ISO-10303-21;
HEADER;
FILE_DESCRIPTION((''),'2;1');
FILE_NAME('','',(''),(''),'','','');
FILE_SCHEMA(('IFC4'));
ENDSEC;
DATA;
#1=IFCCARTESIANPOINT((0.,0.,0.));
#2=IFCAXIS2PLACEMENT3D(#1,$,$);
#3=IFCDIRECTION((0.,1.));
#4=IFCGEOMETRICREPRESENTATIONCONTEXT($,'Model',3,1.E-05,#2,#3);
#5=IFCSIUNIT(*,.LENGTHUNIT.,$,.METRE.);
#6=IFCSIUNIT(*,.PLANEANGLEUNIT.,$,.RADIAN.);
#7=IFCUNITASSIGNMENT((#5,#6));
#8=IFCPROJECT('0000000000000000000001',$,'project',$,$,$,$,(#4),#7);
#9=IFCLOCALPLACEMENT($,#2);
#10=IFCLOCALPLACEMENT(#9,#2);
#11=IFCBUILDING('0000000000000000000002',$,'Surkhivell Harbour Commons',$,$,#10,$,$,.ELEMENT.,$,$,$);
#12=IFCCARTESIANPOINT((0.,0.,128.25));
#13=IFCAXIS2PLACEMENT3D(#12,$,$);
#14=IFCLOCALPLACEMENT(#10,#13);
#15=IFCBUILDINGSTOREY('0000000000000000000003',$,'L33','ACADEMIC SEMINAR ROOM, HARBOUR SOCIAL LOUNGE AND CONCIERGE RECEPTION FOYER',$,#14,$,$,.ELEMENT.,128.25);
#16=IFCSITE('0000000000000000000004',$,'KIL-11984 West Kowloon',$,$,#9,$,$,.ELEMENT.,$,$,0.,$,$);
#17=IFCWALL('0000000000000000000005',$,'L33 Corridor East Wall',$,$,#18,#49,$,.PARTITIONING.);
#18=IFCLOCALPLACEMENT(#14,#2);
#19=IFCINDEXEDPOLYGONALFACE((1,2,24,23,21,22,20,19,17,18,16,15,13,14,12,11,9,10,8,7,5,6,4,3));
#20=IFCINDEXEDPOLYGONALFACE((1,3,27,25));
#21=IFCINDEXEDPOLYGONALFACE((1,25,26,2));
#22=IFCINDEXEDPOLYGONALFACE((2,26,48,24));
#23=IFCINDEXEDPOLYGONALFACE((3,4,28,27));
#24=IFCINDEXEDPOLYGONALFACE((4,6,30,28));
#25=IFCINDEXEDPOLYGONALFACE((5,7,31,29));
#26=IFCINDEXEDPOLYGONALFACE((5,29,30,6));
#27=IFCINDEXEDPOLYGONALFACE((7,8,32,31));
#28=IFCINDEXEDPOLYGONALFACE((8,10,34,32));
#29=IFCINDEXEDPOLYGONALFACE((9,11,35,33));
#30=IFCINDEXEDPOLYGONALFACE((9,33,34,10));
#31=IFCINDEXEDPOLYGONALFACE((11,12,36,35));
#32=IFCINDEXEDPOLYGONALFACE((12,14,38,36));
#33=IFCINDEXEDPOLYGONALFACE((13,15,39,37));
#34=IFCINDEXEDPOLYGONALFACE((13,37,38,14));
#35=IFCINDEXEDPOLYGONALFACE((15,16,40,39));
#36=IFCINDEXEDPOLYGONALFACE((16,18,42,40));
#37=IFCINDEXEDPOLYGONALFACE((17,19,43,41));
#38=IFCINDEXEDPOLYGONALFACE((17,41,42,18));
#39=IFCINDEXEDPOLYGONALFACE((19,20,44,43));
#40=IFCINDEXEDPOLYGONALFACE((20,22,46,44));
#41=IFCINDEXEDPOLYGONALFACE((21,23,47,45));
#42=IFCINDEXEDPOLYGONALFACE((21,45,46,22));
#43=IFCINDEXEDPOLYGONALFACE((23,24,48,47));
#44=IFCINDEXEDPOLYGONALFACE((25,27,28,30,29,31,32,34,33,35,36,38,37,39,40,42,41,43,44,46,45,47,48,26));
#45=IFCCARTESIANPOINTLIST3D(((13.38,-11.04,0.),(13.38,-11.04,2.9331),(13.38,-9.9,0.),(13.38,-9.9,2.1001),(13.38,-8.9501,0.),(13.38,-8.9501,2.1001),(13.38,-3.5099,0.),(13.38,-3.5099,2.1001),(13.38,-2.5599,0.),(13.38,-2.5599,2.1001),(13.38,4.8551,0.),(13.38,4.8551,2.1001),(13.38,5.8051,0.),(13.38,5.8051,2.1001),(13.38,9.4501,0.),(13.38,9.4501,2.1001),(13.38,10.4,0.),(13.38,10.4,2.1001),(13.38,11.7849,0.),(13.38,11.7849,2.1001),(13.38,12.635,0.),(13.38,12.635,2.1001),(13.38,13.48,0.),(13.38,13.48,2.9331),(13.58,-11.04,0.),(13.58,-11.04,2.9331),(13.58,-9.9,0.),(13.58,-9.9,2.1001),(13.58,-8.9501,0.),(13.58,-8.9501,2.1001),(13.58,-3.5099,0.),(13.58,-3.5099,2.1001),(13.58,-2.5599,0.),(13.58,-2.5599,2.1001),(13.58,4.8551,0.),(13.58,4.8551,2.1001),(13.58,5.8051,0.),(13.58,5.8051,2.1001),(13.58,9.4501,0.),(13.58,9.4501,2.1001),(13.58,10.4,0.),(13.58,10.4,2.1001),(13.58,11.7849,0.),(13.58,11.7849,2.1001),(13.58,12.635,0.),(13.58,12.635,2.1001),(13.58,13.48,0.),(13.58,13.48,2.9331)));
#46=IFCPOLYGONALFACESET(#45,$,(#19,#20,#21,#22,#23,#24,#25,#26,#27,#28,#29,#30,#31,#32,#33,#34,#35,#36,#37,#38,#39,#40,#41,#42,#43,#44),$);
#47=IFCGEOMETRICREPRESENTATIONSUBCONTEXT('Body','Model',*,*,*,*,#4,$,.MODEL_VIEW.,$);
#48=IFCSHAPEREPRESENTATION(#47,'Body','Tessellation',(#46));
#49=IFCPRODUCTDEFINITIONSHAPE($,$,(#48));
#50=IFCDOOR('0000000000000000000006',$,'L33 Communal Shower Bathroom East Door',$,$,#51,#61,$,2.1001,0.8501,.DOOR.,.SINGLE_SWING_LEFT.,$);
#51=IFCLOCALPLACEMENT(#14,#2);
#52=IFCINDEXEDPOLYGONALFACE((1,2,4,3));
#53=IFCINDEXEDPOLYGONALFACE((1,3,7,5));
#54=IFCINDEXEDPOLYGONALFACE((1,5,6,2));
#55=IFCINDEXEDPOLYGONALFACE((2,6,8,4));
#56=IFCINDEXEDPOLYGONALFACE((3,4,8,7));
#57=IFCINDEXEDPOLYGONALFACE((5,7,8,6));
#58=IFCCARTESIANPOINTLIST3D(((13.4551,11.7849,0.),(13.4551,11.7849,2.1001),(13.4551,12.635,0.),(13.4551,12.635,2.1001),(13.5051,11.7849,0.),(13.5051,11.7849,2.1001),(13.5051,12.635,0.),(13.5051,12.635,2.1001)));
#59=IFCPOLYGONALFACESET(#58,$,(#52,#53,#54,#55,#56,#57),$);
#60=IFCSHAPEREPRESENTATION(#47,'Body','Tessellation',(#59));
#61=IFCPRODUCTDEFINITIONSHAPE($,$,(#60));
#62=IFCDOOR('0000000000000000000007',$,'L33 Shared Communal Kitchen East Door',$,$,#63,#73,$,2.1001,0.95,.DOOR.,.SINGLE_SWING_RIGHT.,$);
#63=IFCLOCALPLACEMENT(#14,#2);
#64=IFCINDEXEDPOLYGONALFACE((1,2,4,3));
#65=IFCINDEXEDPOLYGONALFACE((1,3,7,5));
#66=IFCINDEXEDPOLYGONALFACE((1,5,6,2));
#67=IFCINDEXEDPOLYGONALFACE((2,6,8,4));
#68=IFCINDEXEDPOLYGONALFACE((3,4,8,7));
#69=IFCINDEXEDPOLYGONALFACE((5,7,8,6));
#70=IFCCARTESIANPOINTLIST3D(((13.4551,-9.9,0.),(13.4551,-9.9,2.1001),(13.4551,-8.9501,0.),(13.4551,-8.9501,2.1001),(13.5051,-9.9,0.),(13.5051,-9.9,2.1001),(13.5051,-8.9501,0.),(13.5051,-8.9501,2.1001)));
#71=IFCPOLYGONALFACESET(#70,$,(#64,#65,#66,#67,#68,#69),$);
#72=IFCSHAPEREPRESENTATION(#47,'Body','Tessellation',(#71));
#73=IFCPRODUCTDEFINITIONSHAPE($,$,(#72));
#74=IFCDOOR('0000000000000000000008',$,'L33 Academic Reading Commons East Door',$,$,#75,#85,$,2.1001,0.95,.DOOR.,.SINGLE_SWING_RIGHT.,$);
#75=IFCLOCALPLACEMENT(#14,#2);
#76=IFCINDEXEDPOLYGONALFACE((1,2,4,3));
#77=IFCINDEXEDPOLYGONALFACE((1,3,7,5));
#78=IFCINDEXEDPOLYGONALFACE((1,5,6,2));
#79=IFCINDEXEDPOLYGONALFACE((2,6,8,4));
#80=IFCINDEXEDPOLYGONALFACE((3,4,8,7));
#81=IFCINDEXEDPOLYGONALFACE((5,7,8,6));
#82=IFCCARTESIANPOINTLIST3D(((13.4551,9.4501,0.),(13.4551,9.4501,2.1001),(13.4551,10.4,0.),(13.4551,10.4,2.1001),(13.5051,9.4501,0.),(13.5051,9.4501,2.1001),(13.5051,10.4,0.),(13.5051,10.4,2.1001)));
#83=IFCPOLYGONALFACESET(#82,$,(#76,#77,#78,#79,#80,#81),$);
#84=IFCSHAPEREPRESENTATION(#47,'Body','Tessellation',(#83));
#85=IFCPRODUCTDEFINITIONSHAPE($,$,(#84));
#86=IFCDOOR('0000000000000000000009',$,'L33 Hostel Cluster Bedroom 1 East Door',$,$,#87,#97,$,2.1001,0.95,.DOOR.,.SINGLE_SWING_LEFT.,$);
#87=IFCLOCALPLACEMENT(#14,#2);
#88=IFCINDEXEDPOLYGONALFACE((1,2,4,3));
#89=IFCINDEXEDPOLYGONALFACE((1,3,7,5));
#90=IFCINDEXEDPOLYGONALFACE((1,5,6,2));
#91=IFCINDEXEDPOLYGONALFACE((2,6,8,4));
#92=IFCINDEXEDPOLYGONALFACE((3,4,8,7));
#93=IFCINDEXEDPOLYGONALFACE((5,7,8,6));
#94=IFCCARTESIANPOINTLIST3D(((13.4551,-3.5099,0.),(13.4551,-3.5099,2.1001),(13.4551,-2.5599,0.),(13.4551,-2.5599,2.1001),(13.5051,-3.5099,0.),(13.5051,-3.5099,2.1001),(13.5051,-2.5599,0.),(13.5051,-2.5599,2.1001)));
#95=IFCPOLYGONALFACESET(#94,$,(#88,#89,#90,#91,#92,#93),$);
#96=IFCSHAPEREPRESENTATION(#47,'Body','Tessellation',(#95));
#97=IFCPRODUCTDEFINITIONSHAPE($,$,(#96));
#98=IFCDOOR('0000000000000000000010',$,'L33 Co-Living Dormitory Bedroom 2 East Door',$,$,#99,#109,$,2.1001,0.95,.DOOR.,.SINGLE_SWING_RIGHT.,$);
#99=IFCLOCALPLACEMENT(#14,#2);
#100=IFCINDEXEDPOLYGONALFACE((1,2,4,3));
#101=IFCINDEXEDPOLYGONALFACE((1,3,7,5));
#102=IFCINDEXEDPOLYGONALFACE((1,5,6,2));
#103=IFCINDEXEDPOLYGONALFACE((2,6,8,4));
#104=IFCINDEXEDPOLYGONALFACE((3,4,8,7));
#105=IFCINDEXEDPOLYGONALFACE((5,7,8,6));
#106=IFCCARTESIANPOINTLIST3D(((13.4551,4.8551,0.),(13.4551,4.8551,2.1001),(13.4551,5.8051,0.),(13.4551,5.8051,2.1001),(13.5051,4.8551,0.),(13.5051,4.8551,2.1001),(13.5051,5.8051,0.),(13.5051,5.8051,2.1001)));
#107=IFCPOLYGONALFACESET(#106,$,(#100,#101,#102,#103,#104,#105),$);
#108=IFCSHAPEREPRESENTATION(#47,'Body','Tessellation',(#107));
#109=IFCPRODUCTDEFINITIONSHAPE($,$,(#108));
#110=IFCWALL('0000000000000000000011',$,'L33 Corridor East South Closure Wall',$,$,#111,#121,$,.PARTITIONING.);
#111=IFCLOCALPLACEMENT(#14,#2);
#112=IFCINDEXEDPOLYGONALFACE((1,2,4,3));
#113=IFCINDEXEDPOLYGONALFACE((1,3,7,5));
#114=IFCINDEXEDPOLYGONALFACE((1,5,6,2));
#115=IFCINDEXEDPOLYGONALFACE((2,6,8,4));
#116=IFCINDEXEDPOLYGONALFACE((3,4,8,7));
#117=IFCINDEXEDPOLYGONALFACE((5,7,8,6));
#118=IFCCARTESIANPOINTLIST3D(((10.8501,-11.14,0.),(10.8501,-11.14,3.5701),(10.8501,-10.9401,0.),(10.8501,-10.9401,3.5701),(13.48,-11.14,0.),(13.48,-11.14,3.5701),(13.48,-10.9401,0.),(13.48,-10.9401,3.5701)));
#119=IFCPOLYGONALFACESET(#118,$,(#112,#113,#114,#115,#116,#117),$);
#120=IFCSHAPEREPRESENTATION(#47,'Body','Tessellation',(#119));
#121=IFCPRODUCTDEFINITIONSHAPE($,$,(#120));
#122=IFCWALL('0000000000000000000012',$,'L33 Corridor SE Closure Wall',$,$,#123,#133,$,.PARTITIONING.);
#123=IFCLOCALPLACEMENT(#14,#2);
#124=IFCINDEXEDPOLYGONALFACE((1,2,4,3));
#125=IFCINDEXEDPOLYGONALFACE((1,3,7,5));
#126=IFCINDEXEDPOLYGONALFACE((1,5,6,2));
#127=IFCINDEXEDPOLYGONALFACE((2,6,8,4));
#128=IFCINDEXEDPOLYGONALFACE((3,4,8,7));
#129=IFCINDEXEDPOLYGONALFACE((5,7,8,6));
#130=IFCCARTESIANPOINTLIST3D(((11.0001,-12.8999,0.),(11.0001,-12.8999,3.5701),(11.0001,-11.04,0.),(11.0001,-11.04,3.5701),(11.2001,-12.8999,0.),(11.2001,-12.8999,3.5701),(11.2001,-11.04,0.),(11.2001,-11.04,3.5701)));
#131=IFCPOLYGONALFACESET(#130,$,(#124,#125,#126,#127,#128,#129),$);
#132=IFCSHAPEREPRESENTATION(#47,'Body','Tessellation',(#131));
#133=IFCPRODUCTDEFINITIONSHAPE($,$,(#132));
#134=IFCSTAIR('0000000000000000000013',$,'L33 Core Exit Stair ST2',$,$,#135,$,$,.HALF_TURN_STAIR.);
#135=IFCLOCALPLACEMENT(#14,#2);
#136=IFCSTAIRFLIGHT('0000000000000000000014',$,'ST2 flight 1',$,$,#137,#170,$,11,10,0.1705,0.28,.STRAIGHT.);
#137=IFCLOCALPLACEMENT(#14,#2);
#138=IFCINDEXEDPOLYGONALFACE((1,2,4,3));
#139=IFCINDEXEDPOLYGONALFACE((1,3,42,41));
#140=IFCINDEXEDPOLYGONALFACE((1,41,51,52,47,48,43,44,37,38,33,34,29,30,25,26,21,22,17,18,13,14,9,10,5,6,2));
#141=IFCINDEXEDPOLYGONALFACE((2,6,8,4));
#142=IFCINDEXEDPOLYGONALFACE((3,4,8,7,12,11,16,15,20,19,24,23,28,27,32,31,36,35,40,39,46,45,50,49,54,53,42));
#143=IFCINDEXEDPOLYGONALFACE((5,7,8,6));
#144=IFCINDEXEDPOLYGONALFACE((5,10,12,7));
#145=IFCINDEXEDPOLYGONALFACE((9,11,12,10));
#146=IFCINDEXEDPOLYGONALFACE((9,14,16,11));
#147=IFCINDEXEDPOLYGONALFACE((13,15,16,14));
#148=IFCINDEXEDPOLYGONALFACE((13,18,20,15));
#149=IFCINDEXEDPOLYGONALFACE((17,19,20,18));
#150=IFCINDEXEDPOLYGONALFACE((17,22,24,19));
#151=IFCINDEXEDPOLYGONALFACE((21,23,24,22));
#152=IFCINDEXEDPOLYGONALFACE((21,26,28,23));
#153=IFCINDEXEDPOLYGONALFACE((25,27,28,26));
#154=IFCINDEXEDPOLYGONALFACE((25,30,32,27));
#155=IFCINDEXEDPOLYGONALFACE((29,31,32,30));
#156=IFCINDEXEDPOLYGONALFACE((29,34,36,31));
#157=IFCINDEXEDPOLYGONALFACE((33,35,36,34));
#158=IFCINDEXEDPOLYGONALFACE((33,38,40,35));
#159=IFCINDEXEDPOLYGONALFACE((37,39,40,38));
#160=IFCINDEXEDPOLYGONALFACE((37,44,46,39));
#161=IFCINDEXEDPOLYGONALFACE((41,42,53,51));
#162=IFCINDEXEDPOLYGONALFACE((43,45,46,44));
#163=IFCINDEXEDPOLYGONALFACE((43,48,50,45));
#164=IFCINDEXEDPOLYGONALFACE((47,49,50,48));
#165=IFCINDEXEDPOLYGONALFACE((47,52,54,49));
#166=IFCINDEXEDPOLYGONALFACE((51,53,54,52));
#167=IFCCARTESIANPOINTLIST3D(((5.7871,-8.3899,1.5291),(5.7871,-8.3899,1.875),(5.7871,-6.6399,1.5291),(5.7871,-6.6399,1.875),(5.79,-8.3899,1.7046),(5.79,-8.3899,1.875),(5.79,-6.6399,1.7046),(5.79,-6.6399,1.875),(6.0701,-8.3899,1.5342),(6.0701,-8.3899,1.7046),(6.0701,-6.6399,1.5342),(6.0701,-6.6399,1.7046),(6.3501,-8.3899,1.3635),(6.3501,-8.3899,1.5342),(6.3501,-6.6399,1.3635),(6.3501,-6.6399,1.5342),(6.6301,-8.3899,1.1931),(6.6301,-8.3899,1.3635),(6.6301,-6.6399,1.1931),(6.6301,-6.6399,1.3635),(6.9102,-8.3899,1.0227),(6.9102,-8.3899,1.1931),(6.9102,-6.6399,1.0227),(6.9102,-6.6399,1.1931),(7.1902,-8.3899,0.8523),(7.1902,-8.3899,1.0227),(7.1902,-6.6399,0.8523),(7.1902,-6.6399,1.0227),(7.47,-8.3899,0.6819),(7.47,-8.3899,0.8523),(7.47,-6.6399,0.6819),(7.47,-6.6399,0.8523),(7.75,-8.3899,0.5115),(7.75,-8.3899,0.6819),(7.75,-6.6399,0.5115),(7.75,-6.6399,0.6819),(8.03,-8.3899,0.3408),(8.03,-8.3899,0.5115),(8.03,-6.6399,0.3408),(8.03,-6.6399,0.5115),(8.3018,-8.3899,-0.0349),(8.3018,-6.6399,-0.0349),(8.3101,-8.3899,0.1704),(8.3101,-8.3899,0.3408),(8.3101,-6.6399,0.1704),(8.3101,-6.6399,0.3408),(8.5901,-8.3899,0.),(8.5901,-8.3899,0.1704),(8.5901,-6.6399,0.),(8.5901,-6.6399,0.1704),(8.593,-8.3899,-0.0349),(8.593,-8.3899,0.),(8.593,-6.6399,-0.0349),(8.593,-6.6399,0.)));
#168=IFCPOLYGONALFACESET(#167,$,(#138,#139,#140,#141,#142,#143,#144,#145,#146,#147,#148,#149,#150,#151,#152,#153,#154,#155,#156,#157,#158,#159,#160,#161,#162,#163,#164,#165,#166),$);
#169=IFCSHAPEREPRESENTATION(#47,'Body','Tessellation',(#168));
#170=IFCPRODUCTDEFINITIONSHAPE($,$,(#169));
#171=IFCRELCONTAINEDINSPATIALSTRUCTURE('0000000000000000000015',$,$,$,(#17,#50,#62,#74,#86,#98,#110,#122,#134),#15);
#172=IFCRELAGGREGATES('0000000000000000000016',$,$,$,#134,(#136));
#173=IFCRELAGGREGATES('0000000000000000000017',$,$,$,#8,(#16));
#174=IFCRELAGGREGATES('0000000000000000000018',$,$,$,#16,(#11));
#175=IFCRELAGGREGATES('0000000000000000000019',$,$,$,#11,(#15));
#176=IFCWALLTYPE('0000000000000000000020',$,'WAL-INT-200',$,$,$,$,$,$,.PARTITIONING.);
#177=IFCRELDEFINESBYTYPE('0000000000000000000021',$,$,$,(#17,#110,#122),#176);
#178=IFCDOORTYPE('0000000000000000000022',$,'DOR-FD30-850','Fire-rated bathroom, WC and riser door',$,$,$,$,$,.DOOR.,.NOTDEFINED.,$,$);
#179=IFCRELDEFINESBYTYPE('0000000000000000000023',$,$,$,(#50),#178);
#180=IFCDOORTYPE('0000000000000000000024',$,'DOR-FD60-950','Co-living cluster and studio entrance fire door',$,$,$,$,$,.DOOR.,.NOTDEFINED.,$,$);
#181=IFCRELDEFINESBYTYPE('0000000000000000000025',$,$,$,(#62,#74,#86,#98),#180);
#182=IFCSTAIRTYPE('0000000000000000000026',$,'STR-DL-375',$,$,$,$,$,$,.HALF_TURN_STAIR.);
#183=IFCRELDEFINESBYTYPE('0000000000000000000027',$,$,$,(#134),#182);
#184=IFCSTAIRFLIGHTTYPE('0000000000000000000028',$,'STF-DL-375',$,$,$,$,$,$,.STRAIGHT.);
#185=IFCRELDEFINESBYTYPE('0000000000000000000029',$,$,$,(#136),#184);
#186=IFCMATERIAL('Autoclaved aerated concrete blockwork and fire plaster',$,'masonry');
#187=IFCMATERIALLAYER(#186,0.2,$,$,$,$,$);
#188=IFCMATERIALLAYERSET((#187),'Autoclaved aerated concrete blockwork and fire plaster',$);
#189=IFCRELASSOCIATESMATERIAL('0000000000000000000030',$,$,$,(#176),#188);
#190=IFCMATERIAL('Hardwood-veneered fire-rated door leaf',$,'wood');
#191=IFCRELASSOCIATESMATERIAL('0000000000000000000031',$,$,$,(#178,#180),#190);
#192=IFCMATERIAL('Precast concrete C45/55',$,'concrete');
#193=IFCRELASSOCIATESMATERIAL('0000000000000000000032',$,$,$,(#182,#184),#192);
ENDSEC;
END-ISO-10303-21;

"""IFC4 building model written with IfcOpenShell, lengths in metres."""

from ifc_helpers import new_model, si_unit, direction, frame, frame_2d, origin, place, context, subcontext, project, spatial, polyline, rectangle, outline, extrude, material, layer, layer_set, type_object, element, fill, aggregate, save


model = new_model("IFC4")

# Units and contexts
model_context = context("Model", 3, precision=1e-05, world=origin(), true_north=direction((0.0, 1.0)))
body_context = subcontext(model_context, "Body", "Model", "MODEL_VIEW")
ifc_project = project(units=[si_unit("LENGTHUNIT", "METRE"), si_unit("PLANEANGLEUNIT", "RADIAN")], contexts=[model_context])

# Site, building, storey
site_placement = place(None, origin())
site = spatial("IfcSite", under=ifc_project, at=site_placement, Name="KIL-11984 West Kowloon", CompositionType="ELEMENT", RefElevation=0.0)
building_placement = place(site_placement, origin())
building = spatial("IfcBuilding", under=site, at=building_placement, Name="Surkhivell Harbour Commons", CompositionType="ELEMENT")
storey_placement = place(building_placement, frame((0.0, 0.0, 128.25)))
storey = spatial("IfcBuildingStorey", under=building, at=storey_placement, Name="L33", Description="ACADEMIC SEMINAR ROOM, HARBOUR SOCIAL LOUNGE AND CONCIERGE RECEPTION FOYER", CompositionType="ELEMENT", Elevation=128.25)

# Shared definitions
ifc_material_1 = material(Name="Autoclaved aerated concrete blockwork and fire plaster", Category="masonry")
ifc_layer_1 = layer(ifc_material_1, 0.2)
ifc_layer_set_1 = layer_set([ifc_layer_1], Name="Autoclaved aerated concrete blockwork and fire plaster")
wall_type_1 = type_object("IfcWallType", Name="WAL-INT-200", PredefinedType="PARTITIONING", material=ifc_layer_set_1)

# Wall, openings, doors
wall_1_placement = place(storey_placement, frame((13.48, -11.04, 0.0), z_axis=(0.0, 0.0, 1.0), x_axis=(0.0, 1.0, 0.0)))
wall_1 = element("IfcWall", 1, at=wall_1_placement, inside=storey, type_object=wall_type_1, Name="L33 Corridor East Wall", PredefinedType="PARTITIONING", context=body_context, shape_type="SweptSolid", body=[
    extrude(rectangle(XDim=24.52, YDim=0.2, at=frame_2d((12.26, 0.0))), origin(), (0.0, 0.0, 1.0), 2.9331),
])
opening_1_placement = place(wall_1_placement, frame((1.1399, 0.0, 0.0)))
opening_1 = element("IfcOpeningElement", 2, at=opening_1_placement, cuts=wall_1, PredefinedType="OPENING", context=body_context, shape_type="SweptSolid", body=[
    extrude(rectangle(XDim=0.95, YDim=2.1001, at=frame_2d((0.4751, 1.05))), frame((0.0, 0.1099, 0.0), z_axis=(0.0, -1.0, 0.0), x_axis=(1.0, 0.0, 0.0)), (0.0, 0.0, 1.0), 0.22),
])
opening_2_placement = place(wall_1_placement, frame((22.825, 0.0, 0.0)))
opening_2 = element("IfcOpeningElement", 3, at=opening_2_placement, cuts=wall_1, PredefinedType="OPENING", context=body_context, shape_type="SweptSolid", body=[
    extrude(rectangle(XDim=0.8501, YDim=2.1001, at=frame_2d((0.425, 1.05))), frame((0.0, 0.1099, 0.0), z_axis=(0.0, -1.0, 0.0), x_axis=(1.0, 0.0, 0.0)), (0.0, 0.0, 1.0), 0.22),
])
opening_3_placement = place(wall_1_placement, frame((20.49, 0.0, 0.0)))
opening_3 = element("IfcOpeningElement", 4, at=opening_3_placement, cuts=wall_1, PredefinedType="OPENING", context=body_context, shape_type="SweptSolid", body=[
    extrude(rectangle(XDim=0.95, YDim=2.1001, at=frame_2d((0.4751, 1.05))), frame((0.0, 0.1099, 0.0), z_axis=(0.0, -1.0, 0.0), x_axis=(1.0, 0.0, 0.0)), (0.0, 0.0, 1.0), 0.22),
])
opening_4_placement = place(wall_1_placement, frame((7.53, 0.0, 0.0)))
opening_4 = element("IfcOpeningElement", 5, at=opening_4_placement, cuts=wall_1, PredefinedType="OPENING", context=body_context, shape_type="SweptSolid", body=[
    extrude(rectangle(XDim=0.95, YDim=2.1001, at=frame_2d((0.4751, 1.05))), frame((0.0, 0.1099, 0.0), z_axis=(0.0, -1.0, 0.0), x_axis=(1.0, 0.0, 0.0)), (0.0, 0.0, 1.0), 0.22),
])
opening_5_placement = place(wall_1_placement, frame((15.895, 0.0, 0.0)))
opening_5 = element("IfcOpeningElement", 6, at=opening_5_placement, cuts=wall_1, PredefinedType="OPENING", context=body_context, shape_type="SweptSolid", body=[
    extrude(rectangle(XDim=0.95, YDim=2.1001, at=frame_2d((0.4751, 1.05))), frame((0.0, 0.1099, 0.0), z_axis=(0.0, -1.0, 0.0), x_axis=(1.0, 0.0, 0.0)), (0.0, 0.0, 1.0), 0.22),
])
ifc_material_2 = material(Name="Hardwood-veneered fire-rated door leaf", Category="wood")
door_type_1 = type_object("IfcDoorType", Name="DOR-FD30-850", Description="Fire-rated bathroom, WC and riser door", OperationType="NOTDEFINED", PredefinedType="DOOR", material=ifc_material_2)
door_1_placement = place(opening_2_placement, origin())
door_1 = element("IfcDoor", 7, at=door_1_placement, inside=storey, type_object=door_type_1, Name="L33 Communal Shower Bathroom East Door", OperationType="SINGLE_SWING_LEFT", OverallHeight=2.1001, OverallWidth=0.8501, PredefinedType="DOOR", context=body_context, shape_type="SweptSolid", body=[
    extrude(rectangle(XDim=0.8501, YDim=2.1001, at=frame_2d((0.425, 1.05))), frame((0.0, 0.0249, 0.0), z_axis=(0.0, -1.0, 0.0), x_axis=(1.0, 0.0, 0.0)), (0.0, 0.0, 1.0), 0.05),
])
fill(opening_2, door_1)
door_type_2 = type_object("IfcDoorType", Name="DOR-FD60-950", Description="Co-living cluster and studio entrance fire door", OperationType="NOTDEFINED", PredefinedType="DOOR", material=ifc_material_2)
door_2_placement = place(opening_1_placement, origin())
door_2 = element("IfcDoor", 8, at=door_2_placement, inside=storey, type_object=door_type_2, Name="L33 Shared Communal Kitchen East Door", OperationType="SINGLE_SWING_RIGHT", OverallHeight=2.1001, OverallWidth=0.95, PredefinedType="DOOR", context=body_context, shape_type="SweptSolid", body=[
    extrude(rectangle(XDim=0.95, YDim=2.1001, at=frame_2d((0.4751, 1.05))), frame((0.0, 0.0249, 0.0), z_axis=(0.0, -1.0, 0.0), x_axis=(1.0, 0.0, 0.0)), (0.0, 0.0, 1.0), 0.05),
])
fill(opening_1, door_2)
door_3_placement = place(opening_3_placement, origin())
door_3 = element("IfcDoor", 9, at=door_3_placement, inside=storey, type_object=door_type_2, Name="L33 Academic Reading Commons East Door", OperationType="SINGLE_SWING_RIGHT", OverallHeight=2.1001, OverallWidth=0.95, PredefinedType="DOOR", context=body_context, shape_type="SweptSolid", body=[
    extrude(rectangle(XDim=0.95, YDim=2.1001, at=frame_2d((0.4751, 1.05))), frame((0.0, 0.0249, 0.0), z_axis=(0.0, -1.0, 0.0), x_axis=(1.0, 0.0, 0.0)), (0.0, 0.0, 1.0), 0.05),
])
fill(opening_3, door_3)
door_4_placement = place(opening_4_placement, origin())
door_4 = element("IfcDoor", 10, at=door_4_placement, inside=storey, type_object=door_type_2, Name="L33 Hostel Cluster Bedroom 1 East Door", OperationType="SINGLE_SWING_LEFT", OverallHeight=2.1001, OverallWidth=0.95, PredefinedType="DOOR", context=body_context, shape_type="SweptSolid", body=[
    extrude(rectangle(XDim=0.95, YDim=2.1001, at=frame_2d((0.4751, 1.05))), frame((0.0, 0.0249, 0.0), z_axis=(0.0, -1.0, 0.0), x_axis=(1.0, 0.0, 0.0)), (0.0, 0.0, 1.0), 0.05),
])
fill(opening_4, door_4)
door_5_placement = place(opening_5_placement, origin())
door_5 = element("IfcDoor", 11, at=door_5_placement, inside=storey, type_object=door_type_2, Name="L33 Co-Living Dormitory Bedroom 2 East Door", OperationType="SINGLE_SWING_RIGHT", OverallHeight=2.1001, OverallWidth=0.95, PredefinedType="DOOR", context=body_context, shape_type="SweptSolid", body=[
    extrude(rectangle(XDim=0.95, YDim=2.1001, at=frame_2d((0.4751, 1.05))), frame((0.0, 0.0249, 0.0), z_axis=(0.0, -1.0, 0.0), x_axis=(1.0, 0.0, 0.0)), (0.0, 0.0, 1.0), 0.05),
])
fill(opening_5, door_5)

# Walls
wall_2_placement = place(storey_placement, frame((10.8501, -11.04, 0.0), z_axis=(0.0, 0.0, 1.0), x_axis=(1.0, 0.0, 0.0)))
element("IfcWall", 12, at=wall_2_placement, inside=storey, type_object=wall_type_1, Name="L33 Corridor East South Closure Wall", PredefinedType="PARTITIONING", context=body_context, shape_type="SweptSolid", body=[
    extrude(rectangle(XDim=2.6299, YDim=0.2, at=frame_2d((1.3149, 0.0))), origin(), (0.0, 0.0, 1.0), 3.5701),
])
wall_3_placement = place(storey_placement, frame((11.1001, -12.8999, 0.0), z_axis=(0.0, 0.0, 1.0), x_axis=(0.0, 1.0, 0.0)))
element("IfcWall", 13, at=wall_3_placement, inside=storey, type_object=wall_type_1, Name="L33 Corridor SE Closure Wall", PredefinedType="PARTITIONING", context=body_context, shape_type="SweptSolid", body=[
    extrude(rectangle(XDim=1.8599, YDim=0.2, at=frame_2d((0.9299, 0.0))), origin(), (0.0, 0.0, 1.0), 3.5701),
])

# Stair, stair flight
ifc_material_3 = material(Name="Precast concrete C45/55", Category="concrete")
stair_type = type_object("IfcStairType", Name="STR-DL-375", PredefinedType="HALF_TURN_STAIR", material=ifc_material_3)
stair_placement = place(storey_placement, origin())
stair = element("IfcStair", 14, at=stair_placement, inside=storey, type_object=stair_type, Name="L33 Core Exit Stair ST2", PredefinedType="HALF_TURN_STAIR")
stair_flight_type = type_object("IfcStairFlightType", Name="STF-DL-375", PredefinedType="STRAIGHT", material=ifc_material_3)
stair_flight_placement = place(storey_placement, frame((8.5901, -7.5149, 0.0), z_axis=(0.0, 0.0, 1.0), x_axis=(-1.0, 0.0, 0.0)))
stair_flight = element("IfcStairFlight", 15, at=stair_flight_placement, type_object=stair_flight_type, Name="ST2 flight 1", NumberOfRisers=11, NumberOfTreads=10, PredefinedType="STRAIGHT", RiserHeight=0.1705, TreadLength=0.28, context=body_context, shape_type="SweptSolid", body=[
    extrude(outline(polyline([(-0.0029, -0.0349), (-0.0029, 0.0), (0.0, 0.0), (0.0, 0.1704), (0.28, 0.1704), (0.28, 0.3408), (0.5601, 0.3408), (0.5601, 0.5115), (0.8401, 0.5115), (0.8401, 0.6819), (1.1201, 0.6819), (1.1201, 0.8523), (1.3999, 0.8523), (1.3999, 1.0227), (1.6799, 1.0227), (1.6799, 1.1931), (1.96, 1.1931), (1.96, 1.3635), (2.24, 1.3635), (2.24, 1.5342), (2.52, 1.5342), (2.52, 1.7046), (2.8, 1.7046), (2.8, 1.875), (2.803, 1.875), (2.803, 1.5291), (0.2883, -0.0349), (-0.0029, -0.0349)])), frame((0.0, 0.875, 0.0), z_axis=(0.0, -1.0, 0.0), x_axis=(1.0, 0.0, 0.0)), (0.0, 0.0, 1.0), 1.75),
])
aggregate(stair, [stair_flight])

save(model, "model.ifc")
